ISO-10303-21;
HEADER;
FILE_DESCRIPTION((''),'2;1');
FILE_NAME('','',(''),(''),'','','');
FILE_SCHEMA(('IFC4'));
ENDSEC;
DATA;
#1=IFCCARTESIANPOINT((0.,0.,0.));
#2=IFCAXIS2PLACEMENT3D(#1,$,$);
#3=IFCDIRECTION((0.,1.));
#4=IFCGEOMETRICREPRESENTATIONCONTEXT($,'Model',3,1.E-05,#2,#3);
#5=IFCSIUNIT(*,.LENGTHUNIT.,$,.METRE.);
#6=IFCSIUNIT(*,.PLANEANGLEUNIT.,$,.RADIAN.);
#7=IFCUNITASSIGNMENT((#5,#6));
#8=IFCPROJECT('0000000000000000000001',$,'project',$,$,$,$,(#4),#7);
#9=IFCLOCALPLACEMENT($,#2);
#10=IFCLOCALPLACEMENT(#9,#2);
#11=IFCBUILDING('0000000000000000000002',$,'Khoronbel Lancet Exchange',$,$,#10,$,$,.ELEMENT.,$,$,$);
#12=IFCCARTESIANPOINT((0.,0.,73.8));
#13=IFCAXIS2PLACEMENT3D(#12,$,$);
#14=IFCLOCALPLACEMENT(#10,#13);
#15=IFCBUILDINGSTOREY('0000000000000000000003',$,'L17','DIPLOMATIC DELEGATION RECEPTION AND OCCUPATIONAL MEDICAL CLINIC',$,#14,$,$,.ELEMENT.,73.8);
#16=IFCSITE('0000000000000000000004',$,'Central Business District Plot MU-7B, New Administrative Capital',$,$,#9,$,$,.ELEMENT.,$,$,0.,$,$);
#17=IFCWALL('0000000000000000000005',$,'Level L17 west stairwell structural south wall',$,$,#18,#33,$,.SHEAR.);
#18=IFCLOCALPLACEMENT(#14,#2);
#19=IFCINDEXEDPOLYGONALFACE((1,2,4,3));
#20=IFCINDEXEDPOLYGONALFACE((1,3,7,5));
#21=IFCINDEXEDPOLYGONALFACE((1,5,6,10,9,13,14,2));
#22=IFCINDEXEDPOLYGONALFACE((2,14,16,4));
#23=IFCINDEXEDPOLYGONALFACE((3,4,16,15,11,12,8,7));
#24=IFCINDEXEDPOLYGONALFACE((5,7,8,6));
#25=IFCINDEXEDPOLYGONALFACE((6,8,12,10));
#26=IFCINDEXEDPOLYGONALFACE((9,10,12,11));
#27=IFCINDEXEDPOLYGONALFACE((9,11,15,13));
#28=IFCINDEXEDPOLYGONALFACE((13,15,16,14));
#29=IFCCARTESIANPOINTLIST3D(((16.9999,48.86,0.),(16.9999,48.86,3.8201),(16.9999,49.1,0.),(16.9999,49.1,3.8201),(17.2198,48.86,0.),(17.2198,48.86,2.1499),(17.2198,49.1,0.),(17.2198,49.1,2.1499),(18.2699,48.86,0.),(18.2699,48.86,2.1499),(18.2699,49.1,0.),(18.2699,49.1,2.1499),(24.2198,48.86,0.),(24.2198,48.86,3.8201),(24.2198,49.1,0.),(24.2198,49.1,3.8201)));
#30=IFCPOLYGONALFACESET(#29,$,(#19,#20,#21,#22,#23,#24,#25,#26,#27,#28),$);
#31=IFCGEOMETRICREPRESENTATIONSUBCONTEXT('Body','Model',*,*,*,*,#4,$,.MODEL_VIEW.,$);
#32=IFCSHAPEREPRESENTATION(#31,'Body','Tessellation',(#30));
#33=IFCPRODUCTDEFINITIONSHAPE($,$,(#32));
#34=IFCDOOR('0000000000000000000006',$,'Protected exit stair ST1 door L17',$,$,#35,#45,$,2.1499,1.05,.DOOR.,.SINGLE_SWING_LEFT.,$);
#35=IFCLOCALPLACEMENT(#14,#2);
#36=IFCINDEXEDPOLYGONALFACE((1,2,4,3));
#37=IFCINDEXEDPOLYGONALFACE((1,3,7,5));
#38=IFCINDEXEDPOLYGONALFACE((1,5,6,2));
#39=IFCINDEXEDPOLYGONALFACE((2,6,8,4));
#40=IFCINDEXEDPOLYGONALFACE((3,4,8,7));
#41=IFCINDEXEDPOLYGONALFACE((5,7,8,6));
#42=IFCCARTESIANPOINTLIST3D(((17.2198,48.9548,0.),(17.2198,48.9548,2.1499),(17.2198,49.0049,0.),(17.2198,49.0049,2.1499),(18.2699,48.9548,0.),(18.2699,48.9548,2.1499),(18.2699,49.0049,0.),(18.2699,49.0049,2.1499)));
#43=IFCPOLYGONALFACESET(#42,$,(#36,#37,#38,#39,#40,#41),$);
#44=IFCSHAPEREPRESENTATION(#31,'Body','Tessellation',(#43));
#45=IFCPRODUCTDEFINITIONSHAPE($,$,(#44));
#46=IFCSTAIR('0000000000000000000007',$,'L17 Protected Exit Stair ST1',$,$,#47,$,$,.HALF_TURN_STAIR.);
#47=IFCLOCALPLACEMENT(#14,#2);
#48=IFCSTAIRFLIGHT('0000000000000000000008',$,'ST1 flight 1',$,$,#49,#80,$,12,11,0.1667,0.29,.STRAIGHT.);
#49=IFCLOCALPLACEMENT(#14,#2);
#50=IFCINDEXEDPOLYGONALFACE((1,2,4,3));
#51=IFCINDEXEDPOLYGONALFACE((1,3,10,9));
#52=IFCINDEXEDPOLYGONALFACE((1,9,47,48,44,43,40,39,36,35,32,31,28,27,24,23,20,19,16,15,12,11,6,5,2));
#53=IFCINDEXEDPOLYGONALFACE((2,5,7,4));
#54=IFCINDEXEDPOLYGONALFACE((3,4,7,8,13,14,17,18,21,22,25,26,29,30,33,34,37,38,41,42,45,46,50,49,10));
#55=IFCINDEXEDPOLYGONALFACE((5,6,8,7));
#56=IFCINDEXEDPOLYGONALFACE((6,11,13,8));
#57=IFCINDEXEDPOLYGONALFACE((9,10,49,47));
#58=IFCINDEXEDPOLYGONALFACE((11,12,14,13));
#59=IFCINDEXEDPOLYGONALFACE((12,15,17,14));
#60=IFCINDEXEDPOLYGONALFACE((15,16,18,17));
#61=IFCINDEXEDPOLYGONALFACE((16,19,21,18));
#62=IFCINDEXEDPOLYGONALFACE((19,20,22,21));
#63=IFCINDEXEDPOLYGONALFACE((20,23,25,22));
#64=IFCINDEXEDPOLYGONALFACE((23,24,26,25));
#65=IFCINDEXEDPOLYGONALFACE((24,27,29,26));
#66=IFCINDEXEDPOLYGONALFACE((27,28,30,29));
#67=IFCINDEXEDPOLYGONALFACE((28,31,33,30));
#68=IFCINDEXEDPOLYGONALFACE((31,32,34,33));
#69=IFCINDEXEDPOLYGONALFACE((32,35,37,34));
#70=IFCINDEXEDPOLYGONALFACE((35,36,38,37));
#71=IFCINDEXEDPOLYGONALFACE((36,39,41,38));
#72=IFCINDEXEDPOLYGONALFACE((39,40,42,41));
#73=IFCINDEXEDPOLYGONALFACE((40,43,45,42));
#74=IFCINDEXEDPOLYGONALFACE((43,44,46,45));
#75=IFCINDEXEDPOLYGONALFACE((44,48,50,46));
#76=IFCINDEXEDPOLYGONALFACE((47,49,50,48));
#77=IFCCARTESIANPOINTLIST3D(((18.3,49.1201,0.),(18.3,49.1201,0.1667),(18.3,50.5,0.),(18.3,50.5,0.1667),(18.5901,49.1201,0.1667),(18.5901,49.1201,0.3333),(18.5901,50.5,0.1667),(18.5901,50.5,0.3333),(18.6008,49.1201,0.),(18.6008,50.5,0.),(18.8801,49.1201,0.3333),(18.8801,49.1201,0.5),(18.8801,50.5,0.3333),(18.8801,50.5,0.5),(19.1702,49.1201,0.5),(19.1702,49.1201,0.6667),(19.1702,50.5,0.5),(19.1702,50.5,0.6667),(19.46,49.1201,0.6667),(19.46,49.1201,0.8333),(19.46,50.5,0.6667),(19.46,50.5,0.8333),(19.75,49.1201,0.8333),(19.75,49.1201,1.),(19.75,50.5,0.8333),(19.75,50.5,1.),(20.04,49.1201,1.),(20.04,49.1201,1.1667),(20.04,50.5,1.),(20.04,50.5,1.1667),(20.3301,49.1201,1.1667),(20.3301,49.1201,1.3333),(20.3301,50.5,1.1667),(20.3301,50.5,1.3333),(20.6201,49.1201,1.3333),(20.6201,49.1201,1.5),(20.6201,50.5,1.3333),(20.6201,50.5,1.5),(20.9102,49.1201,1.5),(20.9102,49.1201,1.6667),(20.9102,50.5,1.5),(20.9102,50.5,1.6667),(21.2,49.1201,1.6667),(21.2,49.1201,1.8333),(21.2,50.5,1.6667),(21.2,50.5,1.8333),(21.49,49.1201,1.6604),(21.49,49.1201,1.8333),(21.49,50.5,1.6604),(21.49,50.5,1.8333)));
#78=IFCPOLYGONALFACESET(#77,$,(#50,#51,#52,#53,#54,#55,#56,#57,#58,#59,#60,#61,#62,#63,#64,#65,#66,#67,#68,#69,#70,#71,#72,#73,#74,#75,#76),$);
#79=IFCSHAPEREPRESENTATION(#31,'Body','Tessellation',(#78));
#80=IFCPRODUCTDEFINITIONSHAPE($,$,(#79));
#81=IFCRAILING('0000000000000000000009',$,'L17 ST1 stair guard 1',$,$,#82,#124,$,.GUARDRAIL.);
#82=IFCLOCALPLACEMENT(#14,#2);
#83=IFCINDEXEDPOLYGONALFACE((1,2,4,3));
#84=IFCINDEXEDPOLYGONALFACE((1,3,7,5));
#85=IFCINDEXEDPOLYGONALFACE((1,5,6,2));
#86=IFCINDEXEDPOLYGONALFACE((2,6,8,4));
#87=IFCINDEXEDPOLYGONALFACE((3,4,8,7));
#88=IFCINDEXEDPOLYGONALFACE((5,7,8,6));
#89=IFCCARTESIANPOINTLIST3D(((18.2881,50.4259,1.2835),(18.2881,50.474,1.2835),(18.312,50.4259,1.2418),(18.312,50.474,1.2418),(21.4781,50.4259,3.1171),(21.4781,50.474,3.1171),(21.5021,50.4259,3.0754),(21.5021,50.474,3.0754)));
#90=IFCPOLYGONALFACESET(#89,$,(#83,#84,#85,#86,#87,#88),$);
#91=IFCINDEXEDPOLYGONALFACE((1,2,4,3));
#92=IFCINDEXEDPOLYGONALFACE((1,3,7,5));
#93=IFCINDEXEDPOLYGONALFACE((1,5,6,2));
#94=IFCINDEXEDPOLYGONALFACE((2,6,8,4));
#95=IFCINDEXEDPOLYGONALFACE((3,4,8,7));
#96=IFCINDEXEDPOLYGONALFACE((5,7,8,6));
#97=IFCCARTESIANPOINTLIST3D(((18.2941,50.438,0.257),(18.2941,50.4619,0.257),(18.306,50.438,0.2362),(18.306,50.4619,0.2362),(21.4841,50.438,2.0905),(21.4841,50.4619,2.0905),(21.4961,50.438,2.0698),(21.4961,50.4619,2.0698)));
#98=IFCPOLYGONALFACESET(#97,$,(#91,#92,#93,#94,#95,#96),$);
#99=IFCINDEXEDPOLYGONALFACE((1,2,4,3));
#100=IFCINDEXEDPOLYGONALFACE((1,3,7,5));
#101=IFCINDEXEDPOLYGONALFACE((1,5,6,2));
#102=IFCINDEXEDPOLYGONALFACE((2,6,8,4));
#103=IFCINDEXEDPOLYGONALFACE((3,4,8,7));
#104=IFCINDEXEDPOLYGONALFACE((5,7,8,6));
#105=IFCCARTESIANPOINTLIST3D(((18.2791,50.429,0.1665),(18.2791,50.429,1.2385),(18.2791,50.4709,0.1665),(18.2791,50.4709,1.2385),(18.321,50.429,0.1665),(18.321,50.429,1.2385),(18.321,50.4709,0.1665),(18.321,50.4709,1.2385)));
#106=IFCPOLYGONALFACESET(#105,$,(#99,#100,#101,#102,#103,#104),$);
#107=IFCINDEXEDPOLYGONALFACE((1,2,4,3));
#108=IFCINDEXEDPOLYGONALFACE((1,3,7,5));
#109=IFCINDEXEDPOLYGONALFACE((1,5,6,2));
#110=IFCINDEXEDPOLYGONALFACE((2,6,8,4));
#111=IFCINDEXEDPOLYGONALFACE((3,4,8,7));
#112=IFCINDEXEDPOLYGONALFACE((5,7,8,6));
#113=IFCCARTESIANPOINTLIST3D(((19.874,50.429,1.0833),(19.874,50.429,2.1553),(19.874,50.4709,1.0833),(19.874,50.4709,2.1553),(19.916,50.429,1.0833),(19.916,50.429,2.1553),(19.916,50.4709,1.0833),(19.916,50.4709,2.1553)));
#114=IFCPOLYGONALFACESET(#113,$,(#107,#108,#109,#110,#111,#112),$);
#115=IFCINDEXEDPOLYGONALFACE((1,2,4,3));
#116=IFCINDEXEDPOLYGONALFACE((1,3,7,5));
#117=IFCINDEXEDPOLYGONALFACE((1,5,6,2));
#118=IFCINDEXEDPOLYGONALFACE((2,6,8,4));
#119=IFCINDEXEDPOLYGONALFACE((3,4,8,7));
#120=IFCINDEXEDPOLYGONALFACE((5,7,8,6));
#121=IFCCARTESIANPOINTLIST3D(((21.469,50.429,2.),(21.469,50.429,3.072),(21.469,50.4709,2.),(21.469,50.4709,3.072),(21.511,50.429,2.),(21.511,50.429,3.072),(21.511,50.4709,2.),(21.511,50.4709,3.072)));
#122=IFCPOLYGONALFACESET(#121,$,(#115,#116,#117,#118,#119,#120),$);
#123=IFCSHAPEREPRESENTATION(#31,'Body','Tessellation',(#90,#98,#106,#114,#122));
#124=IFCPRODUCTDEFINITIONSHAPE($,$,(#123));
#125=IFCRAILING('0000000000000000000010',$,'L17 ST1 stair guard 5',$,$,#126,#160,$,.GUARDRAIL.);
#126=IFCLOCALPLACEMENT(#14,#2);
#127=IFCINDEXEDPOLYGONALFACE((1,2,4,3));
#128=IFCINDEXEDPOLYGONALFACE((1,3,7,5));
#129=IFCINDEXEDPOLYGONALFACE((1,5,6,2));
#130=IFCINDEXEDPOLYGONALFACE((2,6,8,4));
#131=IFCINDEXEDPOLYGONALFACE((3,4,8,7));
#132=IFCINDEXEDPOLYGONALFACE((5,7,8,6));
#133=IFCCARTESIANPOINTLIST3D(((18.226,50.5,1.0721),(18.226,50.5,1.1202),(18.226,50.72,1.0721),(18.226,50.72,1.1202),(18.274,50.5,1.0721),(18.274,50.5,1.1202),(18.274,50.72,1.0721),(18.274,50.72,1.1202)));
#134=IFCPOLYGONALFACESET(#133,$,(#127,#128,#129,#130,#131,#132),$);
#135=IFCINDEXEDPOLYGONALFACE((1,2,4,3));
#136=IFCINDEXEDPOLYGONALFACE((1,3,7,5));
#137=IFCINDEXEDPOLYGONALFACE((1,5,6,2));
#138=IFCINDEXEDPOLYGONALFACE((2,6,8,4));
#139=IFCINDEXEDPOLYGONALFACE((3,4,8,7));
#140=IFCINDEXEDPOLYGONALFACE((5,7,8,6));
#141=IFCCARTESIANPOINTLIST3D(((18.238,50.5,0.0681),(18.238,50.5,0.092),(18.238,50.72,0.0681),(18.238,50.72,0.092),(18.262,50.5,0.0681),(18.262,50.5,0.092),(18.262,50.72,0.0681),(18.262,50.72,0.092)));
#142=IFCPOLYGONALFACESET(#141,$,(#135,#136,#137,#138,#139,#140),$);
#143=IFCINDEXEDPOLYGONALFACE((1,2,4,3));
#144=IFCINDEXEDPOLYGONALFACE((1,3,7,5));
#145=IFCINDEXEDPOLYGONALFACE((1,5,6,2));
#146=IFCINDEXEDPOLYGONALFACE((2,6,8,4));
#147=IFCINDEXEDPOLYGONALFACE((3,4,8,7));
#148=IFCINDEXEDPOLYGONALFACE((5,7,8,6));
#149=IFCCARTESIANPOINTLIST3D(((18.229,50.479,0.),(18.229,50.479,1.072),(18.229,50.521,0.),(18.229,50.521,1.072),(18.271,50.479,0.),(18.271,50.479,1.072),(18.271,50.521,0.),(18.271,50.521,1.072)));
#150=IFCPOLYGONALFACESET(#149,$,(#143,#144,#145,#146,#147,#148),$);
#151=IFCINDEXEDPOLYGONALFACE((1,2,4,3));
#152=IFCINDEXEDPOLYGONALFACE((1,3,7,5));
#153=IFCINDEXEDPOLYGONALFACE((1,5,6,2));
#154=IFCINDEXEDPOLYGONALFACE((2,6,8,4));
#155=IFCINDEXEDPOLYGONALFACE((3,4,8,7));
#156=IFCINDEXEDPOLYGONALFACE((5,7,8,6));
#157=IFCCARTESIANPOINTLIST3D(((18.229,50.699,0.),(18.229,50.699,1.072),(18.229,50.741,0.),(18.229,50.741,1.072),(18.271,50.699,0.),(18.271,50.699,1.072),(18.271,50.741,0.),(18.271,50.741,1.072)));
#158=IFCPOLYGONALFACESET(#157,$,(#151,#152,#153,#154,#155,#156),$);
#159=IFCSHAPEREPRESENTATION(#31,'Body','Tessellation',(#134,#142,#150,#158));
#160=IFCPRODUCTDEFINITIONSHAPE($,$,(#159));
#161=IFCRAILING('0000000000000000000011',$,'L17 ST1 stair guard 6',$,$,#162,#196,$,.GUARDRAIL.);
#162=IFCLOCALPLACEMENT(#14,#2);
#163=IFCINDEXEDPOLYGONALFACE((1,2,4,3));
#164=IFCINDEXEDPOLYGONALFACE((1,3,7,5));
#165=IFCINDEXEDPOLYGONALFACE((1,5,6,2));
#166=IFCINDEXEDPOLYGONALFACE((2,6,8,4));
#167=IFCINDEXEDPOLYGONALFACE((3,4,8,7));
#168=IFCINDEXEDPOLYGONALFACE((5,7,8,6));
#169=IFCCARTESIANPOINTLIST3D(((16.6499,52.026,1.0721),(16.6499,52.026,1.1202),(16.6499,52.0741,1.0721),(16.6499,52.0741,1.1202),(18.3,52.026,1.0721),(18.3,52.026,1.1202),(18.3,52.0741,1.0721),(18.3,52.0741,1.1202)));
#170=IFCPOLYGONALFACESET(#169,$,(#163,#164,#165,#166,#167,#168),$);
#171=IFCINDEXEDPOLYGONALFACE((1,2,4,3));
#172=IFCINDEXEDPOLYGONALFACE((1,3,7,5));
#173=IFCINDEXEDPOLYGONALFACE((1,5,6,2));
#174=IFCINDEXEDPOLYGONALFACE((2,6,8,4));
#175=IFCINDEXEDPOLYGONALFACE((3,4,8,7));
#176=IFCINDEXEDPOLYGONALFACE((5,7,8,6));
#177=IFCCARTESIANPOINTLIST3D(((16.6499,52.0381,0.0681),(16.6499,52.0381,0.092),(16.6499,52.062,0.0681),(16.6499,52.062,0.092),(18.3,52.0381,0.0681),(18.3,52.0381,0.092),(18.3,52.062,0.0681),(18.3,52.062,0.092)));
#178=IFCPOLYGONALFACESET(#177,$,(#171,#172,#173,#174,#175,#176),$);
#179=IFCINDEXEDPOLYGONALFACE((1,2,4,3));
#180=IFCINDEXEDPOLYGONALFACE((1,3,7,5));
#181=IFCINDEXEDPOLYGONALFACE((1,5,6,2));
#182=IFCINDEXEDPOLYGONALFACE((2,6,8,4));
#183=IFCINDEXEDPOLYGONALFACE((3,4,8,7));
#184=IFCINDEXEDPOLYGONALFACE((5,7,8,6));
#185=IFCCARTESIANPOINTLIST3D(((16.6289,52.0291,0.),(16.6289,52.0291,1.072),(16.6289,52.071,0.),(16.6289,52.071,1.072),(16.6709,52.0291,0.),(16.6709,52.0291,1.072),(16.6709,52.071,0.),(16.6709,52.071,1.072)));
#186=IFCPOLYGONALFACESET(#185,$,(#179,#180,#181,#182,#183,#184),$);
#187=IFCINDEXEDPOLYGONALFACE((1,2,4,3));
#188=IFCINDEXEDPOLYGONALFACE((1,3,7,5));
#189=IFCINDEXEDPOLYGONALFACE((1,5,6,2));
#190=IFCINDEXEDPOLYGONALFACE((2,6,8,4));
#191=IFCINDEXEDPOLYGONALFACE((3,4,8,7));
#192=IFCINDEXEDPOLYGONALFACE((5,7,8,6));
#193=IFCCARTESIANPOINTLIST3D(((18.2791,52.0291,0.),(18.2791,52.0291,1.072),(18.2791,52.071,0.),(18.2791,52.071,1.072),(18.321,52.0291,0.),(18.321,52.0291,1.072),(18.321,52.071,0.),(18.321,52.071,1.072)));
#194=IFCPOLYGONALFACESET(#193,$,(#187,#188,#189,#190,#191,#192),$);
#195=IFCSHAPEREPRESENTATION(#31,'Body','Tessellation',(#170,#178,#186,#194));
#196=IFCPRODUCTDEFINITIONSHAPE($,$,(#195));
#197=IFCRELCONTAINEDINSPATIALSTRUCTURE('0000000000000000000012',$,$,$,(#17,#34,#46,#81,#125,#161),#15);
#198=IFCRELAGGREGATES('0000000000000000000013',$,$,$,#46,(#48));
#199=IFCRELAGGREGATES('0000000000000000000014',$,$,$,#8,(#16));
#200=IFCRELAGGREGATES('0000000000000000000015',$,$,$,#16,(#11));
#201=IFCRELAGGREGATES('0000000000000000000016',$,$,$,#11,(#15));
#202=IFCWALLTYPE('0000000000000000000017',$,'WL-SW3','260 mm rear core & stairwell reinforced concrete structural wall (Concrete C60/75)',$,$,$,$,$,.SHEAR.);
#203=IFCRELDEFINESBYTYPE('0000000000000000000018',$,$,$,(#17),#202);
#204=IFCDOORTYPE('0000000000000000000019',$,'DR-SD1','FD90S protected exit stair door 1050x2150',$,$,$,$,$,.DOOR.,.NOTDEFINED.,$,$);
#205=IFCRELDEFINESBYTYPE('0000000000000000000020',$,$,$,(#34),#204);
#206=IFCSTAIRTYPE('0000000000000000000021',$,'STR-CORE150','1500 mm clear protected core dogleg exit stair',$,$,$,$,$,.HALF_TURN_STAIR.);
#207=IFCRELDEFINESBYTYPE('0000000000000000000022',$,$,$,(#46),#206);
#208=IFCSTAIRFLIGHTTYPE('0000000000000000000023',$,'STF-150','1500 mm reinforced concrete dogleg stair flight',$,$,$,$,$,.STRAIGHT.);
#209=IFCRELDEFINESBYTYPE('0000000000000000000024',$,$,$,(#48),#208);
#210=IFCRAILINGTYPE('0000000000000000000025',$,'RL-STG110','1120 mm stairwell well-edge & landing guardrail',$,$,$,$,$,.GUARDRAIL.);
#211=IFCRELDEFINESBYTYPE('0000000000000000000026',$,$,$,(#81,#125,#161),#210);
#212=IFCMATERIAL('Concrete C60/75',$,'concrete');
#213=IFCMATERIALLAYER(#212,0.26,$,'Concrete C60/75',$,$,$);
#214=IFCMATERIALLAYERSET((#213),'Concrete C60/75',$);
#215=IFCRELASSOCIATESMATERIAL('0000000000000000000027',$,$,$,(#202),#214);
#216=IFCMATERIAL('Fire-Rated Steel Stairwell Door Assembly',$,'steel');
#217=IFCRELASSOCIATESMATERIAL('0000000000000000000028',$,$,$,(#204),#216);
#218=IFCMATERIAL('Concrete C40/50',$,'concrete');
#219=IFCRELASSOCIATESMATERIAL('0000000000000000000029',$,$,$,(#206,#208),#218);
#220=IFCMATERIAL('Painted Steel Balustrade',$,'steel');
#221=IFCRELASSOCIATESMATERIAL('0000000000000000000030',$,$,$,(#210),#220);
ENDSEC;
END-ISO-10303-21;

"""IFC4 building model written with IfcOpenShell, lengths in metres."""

from ifc_helpers import new_model, si_unit, direction, frame, frame_2d, origin, origin_2d, place, context, subcontext, project, spatial, polyline, rectangle, outline, extrude, material, layer, layer_set, type_object, element, fill, aggregate, save


model = new_model("IFC4")

# Units and contexts
model_context = context("Model", 3, precision=1e-05, world=origin(), true_north=direction((0.0, 1.0)))
body_context = subcontext(model_context, "Body", "Model", "MODEL_VIEW")
ifc_project = project(units=[si_unit("LENGTHUNIT", "METRE"), si_unit("PLANEANGLEUNIT", "RADIAN")], contexts=[model_context])

# Site, building, storey
site_placement = place(None, origin())
site = spatial("IfcSite", under=ifc_project, at=site_placement, Name="Central Business District Plot MU-7B, New Administrative Capital", CompositionType="ELEMENT", RefElevation=0.0)
building_placement = place(site_placement, origin())
building = spatial("IfcBuilding", under=site, at=building_placement, Name="Khoronbel Lancet Exchange", CompositionType="ELEMENT")
storey_placement = place(building_placement, frame((0.0, 0.0, 73.8)))
storey = spatial("IfcBuildingStorey", under=building, at=storey_placement, Name="L17", Description="DIPLOMATIC DELEGATION RECEPTION AND OCCUPATIONAL MEDICAL CLINIC", CompositionType="ELEMENT", Elevation=73.8)

# Wall, opening, door
ifc_material_1 = material(Name="Concrete C60/75", Category="concrete")
ifc_layer_1 = layer(ifc_material_1, 0.26, Name="Concrete C60/75")
ifc_layer_set_1 = layer_set([ifc_layer_1], Name="Concrete C60/75")
wall_type_1 = type_object("IfcWallType", Name="WL-SW3", Description="260 mm rear core & stairwell reinforced concrete structural wall (Concrete C60/75)", PredefinedType="SHEAR", material=ifc_layer_set_1)
wall_1_placement = place(storey_placement, frame((17.0, 48.98, 0.0), z_axis=(0.0, 0.0, 1.0), x_axis=(1.0, 0.0, 0.0)))
wall_1 = element("IfcWall", 1, at=wall_1_placement, inside=storey, type_object=wall_type_1, Name="Level L17 west stairwell structural south wall", PredefinedType="SHEAR", context=body_context, shape_type="SweptSolid", body=[
    extrude(rectangle(XDim=7.22, YDim=0.24, at=frame_2d((3.6099, 0.0))), origin(), (0.0, 0.0, 1.0), 3.8201),
])
opening_1_placement = place(wall_1_placement, frame((0.22, 0.0, 0.0)))
opening_1 = element("IfcOpeningElement", 2, at=opening_1_placement, cuts=wall_1, PredefinedType="OPENING", context=body_context, shape_type="SweptSolid", body=[
    extrude(rectangle(XDim=1.05, YDim=2.1499, at=frame_2d((0.5249, 1.075))), frame((0.0, 0.1299, 0.0), z_axis=(0.0, -1.0, 0.0), x_axis=(1.0, 0.0, 0.0)), (0.0, 0.0, 1.0), 0.26),
])
ifc_material_2 = material(Name="Fire-Rated Steel Stairwell Door Assembly", Category="steel")
door_type_1 = type_object("IfcDoorType", Name="DR-SD1", Description="FD90S protected exit stair door 1050x2150", OperationType="NOTDEFINED", PredefinedType="DOOR", material=ifc_material_2)
door_1_placement = place(opening_1_placement, origin())
door_1 = element("IfcDoor", 3, at=door_1_placement, inside=storey, type_object=door_type_1, Name="Protected exit stair ST1 door L17", OperationType="SINGLE_SWING_LEFT", OverallHeight=2.1499, OverallWidth=1.05, PredefinedType="DOOR", context=body_context, shape_type="SweptSolid", body=[
    extrude(rectangle(XDim=1.05, YDim=2.1499, at=frame_2d((0.5249, 1.075))), frame((0.0, 0.0249, 0.0), z_axis=(0.0, -1.0, 0.0), x_axis=(1.0, 0.0, 0.0)), (0.0, 0.0, 1.0), 0.05),
])
fill(opening_1, door_1)

# Stair, stair flight
ifc_material_3 = material(Name="Concrete C40/50", Category="concrete")
stair_type = type_object("IfcStairType", Name="STR-CORE150", Description="1500 mm clear protected core dogleg exit stair", PredefinedType="HALF_TURN_STAIR", material=ifc_material_3)
stair_placement = place(storey_placement, origin())
stair = element("IfcStair", 4, at=stair_placement, inside=storey, type_object=stair_type, Name="L17 Protected Exit Stair ST1", PredefinedType="HALF_TURN_STAIR")
stair_flight_type = type_object("IfcStairFlightType", Name="STF-150", Description="1500 mm reinforced concrete dogleg stair flight", PredefinedType="STRAIGHT", material=ifc_material_3)
stair_flight_placement = place(storey_placement, frame((18.3, 49.8101, 0.0), z_axis=(0.0, 0.0, 1.0), x_axis=(1.0, 0.0, 0.0)))
stair_flight = element("IfcStairFlight", 5, at=stair_flight_placement, type_object=stair_flight_type, Name="ST1 flight 1", NumberOfRisers=12, NumberOfTreads=11, PredefinedType="STRAIGHT", RiserHeight=0.1667, TreadLength=0.29, context=body_context, shape_type="SweptSolid", body=[
    extrude(outline(polyline([(0.0, 0.0), (0.0, 0.1667), (0.29, 0.1667), (0.29, 0.3333), (0.5801, 0.3333), (0.5801, 0.5), (0.8701, 0.5), (0.8701, 0.6667), (1.1599, 0.6667), (1.1599, 0.8333), (1.45, 0.8333), (1.45, 1.0), (1.74, 1.0), (1.74, 1.1667), (2.03, 1.1667), (2.03, 1.3333), (2.3201, 1.3333), (2.3201, 1.5), (2.6101, 1.5), (2.6101, 1.6667), (2.8999, 1.6667), (2.8999, 1.8333), (3.1899, 1.8333), (3.1899, 2.0), (3.1899, 1.6604), (0.3008, 0.0), (0.0, 0.0)])), frame((0.0, 0.6899, 0.0), z_axis=(0.0, -1.0, 0.0), x_axis=(1.0, 0.0, 0.0)), (0.0, 0.0, 1.0), 1.3799),
])
aggregate(stair, [stair_flight])

# Railings
ifc_material_4 = material(Name="Painted Steel Balustrade", Category="steel")
railing_type_1 = type_object("IfcRailingType", Name="RL-STG110", Description="1120 mm stairwell well-edge & landing guardrail", PredefinedType="GUARDRAIL", material=ifc_material_4)
railing_1_placement = place(storey_placement, frame((18.3, 50.45, 0.1665)))
element("IfcRailing", 6, at=railing_1_placement, inside=storey, type_object=railing_type_1, Name="L17 ST1 stair guard 1", PredefinedType="GUARDRAIL", context=body_context, shape_type="SweptSolid", body=[
    extrude(rectangle(XDim=0.0481, YDim=0.0481, at=origin_2d()), frame((0.0, 0.0, 1.0962), z_axis=(0.866991, 0.0, 0.498324), x_axis=(0.0, 1.0, 0.0)), (0.0, 0.0, 1.0), 3.6794),
    extrude(rectangle(XDim=0.0239, YDim=0.0239, at=origin_2d()), frame((0.0, 0.0, 0.0801), z_axis=(0.866991, 0.0, 0.498324), x_axis=(0.0, 1.0, 0.0)), (0.0, 0.0, 1.0), 3.6794),
    extrude(rectangle(XDim=0.042, YDim=0.042, at=origin_2d()), origin(), (0.0, 0.0, 1.0), 1.072),
    extrude(rectangle(XDim=0.042, YDim=0.042, at=origin_2d()), frame((1.595, 0.0, 0.9167)), (0.0, 0.0, 1.0), 1.072),
    extrude(rectangle(XDim=0.042, YDim=0.042, at=origin_2d()), frame((3.1899, 0.0, 1.8335)), (0.0, 0.0, 1.0), 1.072),
])
railing_2_placement = place(storey_placement, frame((18.25, 50.5, 0.0)))
element("IfcRailing", 7, at=railing_2_placement, inside=storey, type_object=railing_type_1, Name="L17 ST1 stair guard 5", PredefinedType="GUARDRAIL", context=body_context, shape_type="SweptSolid", body=[
    extrude(rectangle(XDim=0.0481, YDim=0.0481, at=origin_2d()), frame((0.0, 0.0, 1.0962), z_axis=(0.0, 1.0, 0.0), x_axis=(-1.0, 0.0, 0.0)), (0.0, 0.0, 1.0), 0.22),
    extrude(rectangle(XDim=0.0239, YDim=0.0239, at=origin_2d()), frame((0.0, 0.0, 0.0801), z_axis=(0.0, 1.0, 0.0), x_axis=(-1.0, 0.0, 0.0)), (0.0, 0.0, 1.0), 0.22),
    extrude(rectangle(XDim=0.042, YDim=0.042, at=origin_2d()), origin(), (0.0, 0.0, 1.0), 1.072),
    extrude(rectangle(XDim=0.042, YDim=0.042, at=origin_2d()), frame((0.0, 0.22, 0.0)), (0.0, 0.0, 1.0), 1.072),
])
railing_3_placement = place(storey_placement, frame((16.6499, 52.05, 0.0)))
element("IfcRailing", 8, at=railing_3_placement, inside=storey, type_object=railing_type_1, Name="L17 ST1 stair guard 6", PredefinedType="GUARDRAIL", context=body_context, shape_type="SweptSolid", body=[
    extrude(rectangle(XDim=0.0481, YDim=0.0481, at=origin_2d()), frame((0.0, 0.0, 1.0962), z_axis=(1.0, 0.0, 0.0), x_axis=(0.0, 1.0, 0.0)), (0.0, 0.0, 1.0), 1.6501),
    extrude(rectangle(XDim=0.0239, YDim=0.0239, at=origin_2d()), frame((0.0, 0.0, 0.0801), z_axis=(1.0, 0.0, 0.0), x_axis=(0.0, 1.0, 0.0)), (0.0, 0.0, 1.0), 1.6501),
    extrude(rectangle(XDim=0.042, YDim=0.042, at=origin_2d()), origin(), (0.0, 0.0, 1.0), 1.072),
    extrude(rectangle(XDim=0.042, YDim=0.042, at=origin_2d()), frame((1.6501, 0.0, 0.0)), (0.0, 0.0, 1.0), 1.072),
])

save(model, "model.ifc")
